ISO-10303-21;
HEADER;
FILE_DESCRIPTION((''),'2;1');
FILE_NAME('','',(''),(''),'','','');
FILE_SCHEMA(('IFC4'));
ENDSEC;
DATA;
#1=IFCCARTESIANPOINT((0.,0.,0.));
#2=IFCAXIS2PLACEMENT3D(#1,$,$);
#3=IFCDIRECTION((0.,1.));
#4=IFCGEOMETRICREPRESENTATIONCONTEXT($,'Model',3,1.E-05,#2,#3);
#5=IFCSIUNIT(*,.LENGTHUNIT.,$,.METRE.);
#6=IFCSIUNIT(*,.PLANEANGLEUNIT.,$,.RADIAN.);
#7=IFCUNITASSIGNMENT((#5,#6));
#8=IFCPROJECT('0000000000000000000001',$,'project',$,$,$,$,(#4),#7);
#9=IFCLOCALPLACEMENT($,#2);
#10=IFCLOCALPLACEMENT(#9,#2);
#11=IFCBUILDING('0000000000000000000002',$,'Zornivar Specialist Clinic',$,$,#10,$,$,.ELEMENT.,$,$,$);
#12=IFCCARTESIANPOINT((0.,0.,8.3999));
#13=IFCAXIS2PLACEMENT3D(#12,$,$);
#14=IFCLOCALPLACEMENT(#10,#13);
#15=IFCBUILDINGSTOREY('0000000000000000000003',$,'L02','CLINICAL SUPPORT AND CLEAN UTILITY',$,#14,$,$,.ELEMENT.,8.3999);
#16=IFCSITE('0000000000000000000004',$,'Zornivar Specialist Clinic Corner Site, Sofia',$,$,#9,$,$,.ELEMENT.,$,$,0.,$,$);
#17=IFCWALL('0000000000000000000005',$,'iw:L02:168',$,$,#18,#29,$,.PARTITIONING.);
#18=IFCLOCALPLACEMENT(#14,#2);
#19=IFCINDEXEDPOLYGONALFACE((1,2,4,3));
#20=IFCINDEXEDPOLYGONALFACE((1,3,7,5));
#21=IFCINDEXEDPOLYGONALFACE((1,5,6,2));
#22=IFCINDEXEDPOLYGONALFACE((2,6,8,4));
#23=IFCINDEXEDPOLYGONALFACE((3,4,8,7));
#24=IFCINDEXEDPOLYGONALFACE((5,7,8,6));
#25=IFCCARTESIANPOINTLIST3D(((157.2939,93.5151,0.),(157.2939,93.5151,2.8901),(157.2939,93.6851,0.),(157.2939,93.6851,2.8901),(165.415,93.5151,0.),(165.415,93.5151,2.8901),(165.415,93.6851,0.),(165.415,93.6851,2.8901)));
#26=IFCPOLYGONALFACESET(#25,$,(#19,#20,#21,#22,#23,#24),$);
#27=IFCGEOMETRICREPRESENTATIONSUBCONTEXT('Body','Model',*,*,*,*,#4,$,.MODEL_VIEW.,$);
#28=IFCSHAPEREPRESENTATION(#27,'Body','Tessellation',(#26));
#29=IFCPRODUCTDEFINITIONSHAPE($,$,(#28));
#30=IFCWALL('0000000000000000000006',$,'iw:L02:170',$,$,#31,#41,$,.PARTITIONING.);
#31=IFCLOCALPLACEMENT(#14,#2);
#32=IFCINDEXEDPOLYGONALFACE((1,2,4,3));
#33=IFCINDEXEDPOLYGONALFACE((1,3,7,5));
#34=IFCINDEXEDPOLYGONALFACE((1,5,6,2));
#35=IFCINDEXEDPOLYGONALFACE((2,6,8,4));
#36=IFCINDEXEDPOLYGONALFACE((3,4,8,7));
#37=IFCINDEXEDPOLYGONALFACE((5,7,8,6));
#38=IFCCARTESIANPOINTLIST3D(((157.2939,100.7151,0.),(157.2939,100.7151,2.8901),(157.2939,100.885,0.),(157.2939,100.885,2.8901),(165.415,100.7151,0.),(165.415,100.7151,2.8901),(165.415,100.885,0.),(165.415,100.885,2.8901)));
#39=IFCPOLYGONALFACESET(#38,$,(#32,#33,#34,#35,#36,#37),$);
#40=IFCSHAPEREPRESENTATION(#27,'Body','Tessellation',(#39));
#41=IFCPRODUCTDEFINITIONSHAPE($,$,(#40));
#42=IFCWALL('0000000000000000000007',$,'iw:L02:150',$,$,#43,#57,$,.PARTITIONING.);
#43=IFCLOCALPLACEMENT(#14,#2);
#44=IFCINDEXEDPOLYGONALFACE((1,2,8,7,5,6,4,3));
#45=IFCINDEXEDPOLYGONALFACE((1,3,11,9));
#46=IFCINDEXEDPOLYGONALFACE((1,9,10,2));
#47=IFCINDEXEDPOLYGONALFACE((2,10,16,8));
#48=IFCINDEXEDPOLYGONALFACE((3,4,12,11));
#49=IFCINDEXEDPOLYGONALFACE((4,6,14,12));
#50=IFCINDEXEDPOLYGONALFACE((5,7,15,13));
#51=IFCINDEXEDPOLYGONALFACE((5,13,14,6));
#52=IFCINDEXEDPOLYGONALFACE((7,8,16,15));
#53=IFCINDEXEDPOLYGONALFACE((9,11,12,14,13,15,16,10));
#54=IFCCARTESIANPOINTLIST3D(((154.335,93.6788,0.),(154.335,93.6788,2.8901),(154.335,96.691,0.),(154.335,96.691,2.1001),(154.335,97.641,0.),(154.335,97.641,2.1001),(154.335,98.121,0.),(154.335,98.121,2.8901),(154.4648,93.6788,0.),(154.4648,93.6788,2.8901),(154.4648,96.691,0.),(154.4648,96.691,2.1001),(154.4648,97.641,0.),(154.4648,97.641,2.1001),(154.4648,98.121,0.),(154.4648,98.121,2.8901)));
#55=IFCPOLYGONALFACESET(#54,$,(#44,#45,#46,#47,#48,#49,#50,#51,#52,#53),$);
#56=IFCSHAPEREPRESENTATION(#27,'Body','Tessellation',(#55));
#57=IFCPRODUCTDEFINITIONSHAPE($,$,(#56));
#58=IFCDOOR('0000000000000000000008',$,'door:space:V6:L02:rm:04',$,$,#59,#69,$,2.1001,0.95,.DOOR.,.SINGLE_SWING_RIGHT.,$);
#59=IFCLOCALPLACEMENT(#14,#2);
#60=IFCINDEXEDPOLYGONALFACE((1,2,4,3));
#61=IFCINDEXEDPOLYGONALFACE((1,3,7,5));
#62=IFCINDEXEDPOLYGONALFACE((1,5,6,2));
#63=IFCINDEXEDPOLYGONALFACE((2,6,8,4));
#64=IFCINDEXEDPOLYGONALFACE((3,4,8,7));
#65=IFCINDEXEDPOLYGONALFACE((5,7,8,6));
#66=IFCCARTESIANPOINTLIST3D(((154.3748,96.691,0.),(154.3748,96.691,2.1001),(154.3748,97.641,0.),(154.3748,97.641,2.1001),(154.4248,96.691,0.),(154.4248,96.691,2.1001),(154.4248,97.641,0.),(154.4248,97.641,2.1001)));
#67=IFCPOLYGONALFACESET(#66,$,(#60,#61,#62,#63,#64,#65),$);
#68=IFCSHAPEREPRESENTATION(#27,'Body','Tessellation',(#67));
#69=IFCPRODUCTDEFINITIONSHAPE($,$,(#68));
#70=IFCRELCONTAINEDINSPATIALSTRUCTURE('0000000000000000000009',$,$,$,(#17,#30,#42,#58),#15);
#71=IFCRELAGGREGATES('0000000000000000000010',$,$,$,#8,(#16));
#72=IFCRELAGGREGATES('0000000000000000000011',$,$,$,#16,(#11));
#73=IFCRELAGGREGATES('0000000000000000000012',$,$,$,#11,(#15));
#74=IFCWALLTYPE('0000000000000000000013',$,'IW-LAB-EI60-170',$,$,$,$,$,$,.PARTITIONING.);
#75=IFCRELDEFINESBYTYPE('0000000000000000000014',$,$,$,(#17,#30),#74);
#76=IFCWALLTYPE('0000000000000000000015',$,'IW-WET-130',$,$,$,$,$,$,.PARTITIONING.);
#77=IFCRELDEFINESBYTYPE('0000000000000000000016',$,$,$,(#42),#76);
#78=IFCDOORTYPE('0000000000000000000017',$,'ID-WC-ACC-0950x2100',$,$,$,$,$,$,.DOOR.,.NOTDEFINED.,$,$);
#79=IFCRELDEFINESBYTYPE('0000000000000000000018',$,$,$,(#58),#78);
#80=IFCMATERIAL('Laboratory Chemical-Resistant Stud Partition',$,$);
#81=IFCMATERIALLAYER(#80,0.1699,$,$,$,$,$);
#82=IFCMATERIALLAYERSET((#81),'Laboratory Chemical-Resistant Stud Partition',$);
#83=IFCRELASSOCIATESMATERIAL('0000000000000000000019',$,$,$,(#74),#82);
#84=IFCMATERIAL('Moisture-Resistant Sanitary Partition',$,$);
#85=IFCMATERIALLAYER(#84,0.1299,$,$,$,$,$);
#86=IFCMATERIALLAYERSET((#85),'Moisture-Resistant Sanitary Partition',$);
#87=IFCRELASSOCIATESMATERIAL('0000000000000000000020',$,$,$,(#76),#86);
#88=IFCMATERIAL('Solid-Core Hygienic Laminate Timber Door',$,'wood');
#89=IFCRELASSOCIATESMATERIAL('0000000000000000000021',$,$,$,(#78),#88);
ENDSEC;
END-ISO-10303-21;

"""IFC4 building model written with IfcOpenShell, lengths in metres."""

from ifc_helpers import new_model, si_unit, direction, frame, frame_2d, origin, place, context, subcontext, project, spatial, rectangle, extrude, material, layer, layer_set, type_object, element, fill, save


model = new_model("IFC4")

# Units and contexts
model_context = context("Model", 3, precision=1e-05, world=origin(), true_north=direction((0.0, 1.0)))
body_context = subcontext(model_context, "Body", "Model", "MODEL_VIEW")
ifc_project = project(units=[si_unit("LENGTHUNIT", "METRE"), si_unit("PLANEANGLEUNIT", "RADIAN")], contexts=[model_context])

# Site, building, storey
site_placement = place(None, origin())
site = spatial("IfcSite", under=ifc_project, at=site_placement, Name="Zornivar Specialist Clinic Corner Site, Sofia", CompositionType="ELEMENT", RefElevation=0.0)
building_placement = place(site_placement, origin())
building = spatial("IfcBuilding", under=site, at=building_placement, Name="Zornivar Specialist Clinic", CompositionType="ELEMENT")
storey_placement = place(building_placement, frame((0.0, 0.0, 8.3999)))
storey = spatial("IfcBuildingStorey", under=building, at=storey_placement, Name="L02", Description="CLINICAL SUPPORT AND CLEAN UTILITY", CompositionType="ELEMENT", Elevation=8.3999)

# Walls
ifc_material_1 = material(Name="Laboratory Chemical-Resistant Stud Partition")
ifc_layer_1 = layer(ifc_material_1, 0.1699)
ifc_layer_set_1 = layer_set([ifc_layer_1], Name="Laboratory Chemical-Resistant Stud Partition")
wall_type_1 = type_object("IfcWallType", Name="IW-LAB-EI60-170", PredefinedType="PARTITIONING", material=ifc_layer_set_1)
for number, where, z_axis, x_axis, name in (
    (1, (157.2939, 93.6001, 0.0), (0.0, 0.0, 1.0), (1.0, 0.0, 0.0), "iw:L02:168"),
    (2, (157.2939, 100.8, 0.0), (0.0, 0.0, 1.0), (1.0, 0.0, 0.0), "iw:L02:170"),
):
    element("IfcWall", number, at=place(storey_placement, frame(where, z_axis=z_axis, x_axis=x_axis)), inside=storey, type_object=wall_type_1, Name=name, PredefinedType="PARTITIONING", context=body_context, shape_type="SweptSolid", body=[
        extrude(rectangle(XDim=8.1211, YDim=0.1699, at=frame_2d((4.0605, 0.0))), origin(), (0.0, 0.0, 1.0), 2.8901),
    ])

# Wall, opening, door
ifc_material_2 = material(Name="Moisture-Resistant Sanitary Partition")
ifc_layer_2 = layer(ifc_material_2, 0.1299)
ifc_layer_set_2 = layer_set([ifc_layer_2], Name="Moisture-Resistant Sanitary Partition")
wall_type_2 = type_object("IfcWallType", Name="IW-WET-130", PredefinedType="PARTITIONING", material=ifc_layer_set_2)
wall_1_placement = place(storey_placement, frame((154.3999, 98.1211, 0.0), z_axis=(0.0, 0.0, 1.0), x_axis=(0.0, -1.0, 0.0)))
wall_1 = element("IfcWall", 3, at=wall_1_placement, inside=storey, type_object=wall_type_2, Name="iw:L02:150", PredefinedType="PARTITIONING", context=body_context, shape_type="SweptSolid", body=[
    extrude(rectangle(XDim=4.4421, YDim=0.1299, at=frame_2d((2.2212, 0.0))), origin(), (0.0, 0.0, 1.0), 2.8901),
])
opening_1_placement = place(wall_1_placement, frame((0.48, 0.0, 0.0)))
opening_1 = element("IfcOpeningElement", 4, at=opening_1_placement, cuts=wall_1, PredefinedType="OPENING", context=body_context, shape_type="SweptSolid", body=[
    extrude(rectangle(XDim=0.95, YDim=2.1001, at=frame_2d((0.4751, 1.05))), frame((0.0, 0.075, 0.0), z_axis=(0.0, -1.0, 0.0), x_axis=(1.0, 0.0, 0.0)), (0.0, 0.0, 1.0), 0.1499),
])
ifc_material_3 = material(Name="Solid-Core Hygienic Laminate Timber Door", Category="wood")
door_type_1 = type_object("IfcDoorType", Name="ID-WC-ACC-0950x2100", OperationType="NOTDEFINED", PredefinedType="DOOR", material=ifc_material_3)
door_1_placement = place(opening_1_placement, origin())
door_1 = element("IfcDoor", 5, at=door_1_placement, inside=storey, type_object=door_type_1, Name="door:space:V6:L02:rm:04", OperationType="SINGLE_SWING_RIGHT", OverallHeight=2.1001, OverallWidth=0.95, PredefinedType="DOOR", context=body_context, shape_type="SweptSolid", body=[
    extrude(rectangle(XDim=0.95, YDim=2.1001, at=frame_2d((0.4751, 1.05))), frame((0.0, 0.0249, 0.0), z_axis=(0.0, -1.0, 0.0), x_axis=(1.0, 0.0, 0.0)), (0.0, 0.0, 1.0), 0.05),
])
fill(opening_1, door_1)

save(model, "model.ifc")
